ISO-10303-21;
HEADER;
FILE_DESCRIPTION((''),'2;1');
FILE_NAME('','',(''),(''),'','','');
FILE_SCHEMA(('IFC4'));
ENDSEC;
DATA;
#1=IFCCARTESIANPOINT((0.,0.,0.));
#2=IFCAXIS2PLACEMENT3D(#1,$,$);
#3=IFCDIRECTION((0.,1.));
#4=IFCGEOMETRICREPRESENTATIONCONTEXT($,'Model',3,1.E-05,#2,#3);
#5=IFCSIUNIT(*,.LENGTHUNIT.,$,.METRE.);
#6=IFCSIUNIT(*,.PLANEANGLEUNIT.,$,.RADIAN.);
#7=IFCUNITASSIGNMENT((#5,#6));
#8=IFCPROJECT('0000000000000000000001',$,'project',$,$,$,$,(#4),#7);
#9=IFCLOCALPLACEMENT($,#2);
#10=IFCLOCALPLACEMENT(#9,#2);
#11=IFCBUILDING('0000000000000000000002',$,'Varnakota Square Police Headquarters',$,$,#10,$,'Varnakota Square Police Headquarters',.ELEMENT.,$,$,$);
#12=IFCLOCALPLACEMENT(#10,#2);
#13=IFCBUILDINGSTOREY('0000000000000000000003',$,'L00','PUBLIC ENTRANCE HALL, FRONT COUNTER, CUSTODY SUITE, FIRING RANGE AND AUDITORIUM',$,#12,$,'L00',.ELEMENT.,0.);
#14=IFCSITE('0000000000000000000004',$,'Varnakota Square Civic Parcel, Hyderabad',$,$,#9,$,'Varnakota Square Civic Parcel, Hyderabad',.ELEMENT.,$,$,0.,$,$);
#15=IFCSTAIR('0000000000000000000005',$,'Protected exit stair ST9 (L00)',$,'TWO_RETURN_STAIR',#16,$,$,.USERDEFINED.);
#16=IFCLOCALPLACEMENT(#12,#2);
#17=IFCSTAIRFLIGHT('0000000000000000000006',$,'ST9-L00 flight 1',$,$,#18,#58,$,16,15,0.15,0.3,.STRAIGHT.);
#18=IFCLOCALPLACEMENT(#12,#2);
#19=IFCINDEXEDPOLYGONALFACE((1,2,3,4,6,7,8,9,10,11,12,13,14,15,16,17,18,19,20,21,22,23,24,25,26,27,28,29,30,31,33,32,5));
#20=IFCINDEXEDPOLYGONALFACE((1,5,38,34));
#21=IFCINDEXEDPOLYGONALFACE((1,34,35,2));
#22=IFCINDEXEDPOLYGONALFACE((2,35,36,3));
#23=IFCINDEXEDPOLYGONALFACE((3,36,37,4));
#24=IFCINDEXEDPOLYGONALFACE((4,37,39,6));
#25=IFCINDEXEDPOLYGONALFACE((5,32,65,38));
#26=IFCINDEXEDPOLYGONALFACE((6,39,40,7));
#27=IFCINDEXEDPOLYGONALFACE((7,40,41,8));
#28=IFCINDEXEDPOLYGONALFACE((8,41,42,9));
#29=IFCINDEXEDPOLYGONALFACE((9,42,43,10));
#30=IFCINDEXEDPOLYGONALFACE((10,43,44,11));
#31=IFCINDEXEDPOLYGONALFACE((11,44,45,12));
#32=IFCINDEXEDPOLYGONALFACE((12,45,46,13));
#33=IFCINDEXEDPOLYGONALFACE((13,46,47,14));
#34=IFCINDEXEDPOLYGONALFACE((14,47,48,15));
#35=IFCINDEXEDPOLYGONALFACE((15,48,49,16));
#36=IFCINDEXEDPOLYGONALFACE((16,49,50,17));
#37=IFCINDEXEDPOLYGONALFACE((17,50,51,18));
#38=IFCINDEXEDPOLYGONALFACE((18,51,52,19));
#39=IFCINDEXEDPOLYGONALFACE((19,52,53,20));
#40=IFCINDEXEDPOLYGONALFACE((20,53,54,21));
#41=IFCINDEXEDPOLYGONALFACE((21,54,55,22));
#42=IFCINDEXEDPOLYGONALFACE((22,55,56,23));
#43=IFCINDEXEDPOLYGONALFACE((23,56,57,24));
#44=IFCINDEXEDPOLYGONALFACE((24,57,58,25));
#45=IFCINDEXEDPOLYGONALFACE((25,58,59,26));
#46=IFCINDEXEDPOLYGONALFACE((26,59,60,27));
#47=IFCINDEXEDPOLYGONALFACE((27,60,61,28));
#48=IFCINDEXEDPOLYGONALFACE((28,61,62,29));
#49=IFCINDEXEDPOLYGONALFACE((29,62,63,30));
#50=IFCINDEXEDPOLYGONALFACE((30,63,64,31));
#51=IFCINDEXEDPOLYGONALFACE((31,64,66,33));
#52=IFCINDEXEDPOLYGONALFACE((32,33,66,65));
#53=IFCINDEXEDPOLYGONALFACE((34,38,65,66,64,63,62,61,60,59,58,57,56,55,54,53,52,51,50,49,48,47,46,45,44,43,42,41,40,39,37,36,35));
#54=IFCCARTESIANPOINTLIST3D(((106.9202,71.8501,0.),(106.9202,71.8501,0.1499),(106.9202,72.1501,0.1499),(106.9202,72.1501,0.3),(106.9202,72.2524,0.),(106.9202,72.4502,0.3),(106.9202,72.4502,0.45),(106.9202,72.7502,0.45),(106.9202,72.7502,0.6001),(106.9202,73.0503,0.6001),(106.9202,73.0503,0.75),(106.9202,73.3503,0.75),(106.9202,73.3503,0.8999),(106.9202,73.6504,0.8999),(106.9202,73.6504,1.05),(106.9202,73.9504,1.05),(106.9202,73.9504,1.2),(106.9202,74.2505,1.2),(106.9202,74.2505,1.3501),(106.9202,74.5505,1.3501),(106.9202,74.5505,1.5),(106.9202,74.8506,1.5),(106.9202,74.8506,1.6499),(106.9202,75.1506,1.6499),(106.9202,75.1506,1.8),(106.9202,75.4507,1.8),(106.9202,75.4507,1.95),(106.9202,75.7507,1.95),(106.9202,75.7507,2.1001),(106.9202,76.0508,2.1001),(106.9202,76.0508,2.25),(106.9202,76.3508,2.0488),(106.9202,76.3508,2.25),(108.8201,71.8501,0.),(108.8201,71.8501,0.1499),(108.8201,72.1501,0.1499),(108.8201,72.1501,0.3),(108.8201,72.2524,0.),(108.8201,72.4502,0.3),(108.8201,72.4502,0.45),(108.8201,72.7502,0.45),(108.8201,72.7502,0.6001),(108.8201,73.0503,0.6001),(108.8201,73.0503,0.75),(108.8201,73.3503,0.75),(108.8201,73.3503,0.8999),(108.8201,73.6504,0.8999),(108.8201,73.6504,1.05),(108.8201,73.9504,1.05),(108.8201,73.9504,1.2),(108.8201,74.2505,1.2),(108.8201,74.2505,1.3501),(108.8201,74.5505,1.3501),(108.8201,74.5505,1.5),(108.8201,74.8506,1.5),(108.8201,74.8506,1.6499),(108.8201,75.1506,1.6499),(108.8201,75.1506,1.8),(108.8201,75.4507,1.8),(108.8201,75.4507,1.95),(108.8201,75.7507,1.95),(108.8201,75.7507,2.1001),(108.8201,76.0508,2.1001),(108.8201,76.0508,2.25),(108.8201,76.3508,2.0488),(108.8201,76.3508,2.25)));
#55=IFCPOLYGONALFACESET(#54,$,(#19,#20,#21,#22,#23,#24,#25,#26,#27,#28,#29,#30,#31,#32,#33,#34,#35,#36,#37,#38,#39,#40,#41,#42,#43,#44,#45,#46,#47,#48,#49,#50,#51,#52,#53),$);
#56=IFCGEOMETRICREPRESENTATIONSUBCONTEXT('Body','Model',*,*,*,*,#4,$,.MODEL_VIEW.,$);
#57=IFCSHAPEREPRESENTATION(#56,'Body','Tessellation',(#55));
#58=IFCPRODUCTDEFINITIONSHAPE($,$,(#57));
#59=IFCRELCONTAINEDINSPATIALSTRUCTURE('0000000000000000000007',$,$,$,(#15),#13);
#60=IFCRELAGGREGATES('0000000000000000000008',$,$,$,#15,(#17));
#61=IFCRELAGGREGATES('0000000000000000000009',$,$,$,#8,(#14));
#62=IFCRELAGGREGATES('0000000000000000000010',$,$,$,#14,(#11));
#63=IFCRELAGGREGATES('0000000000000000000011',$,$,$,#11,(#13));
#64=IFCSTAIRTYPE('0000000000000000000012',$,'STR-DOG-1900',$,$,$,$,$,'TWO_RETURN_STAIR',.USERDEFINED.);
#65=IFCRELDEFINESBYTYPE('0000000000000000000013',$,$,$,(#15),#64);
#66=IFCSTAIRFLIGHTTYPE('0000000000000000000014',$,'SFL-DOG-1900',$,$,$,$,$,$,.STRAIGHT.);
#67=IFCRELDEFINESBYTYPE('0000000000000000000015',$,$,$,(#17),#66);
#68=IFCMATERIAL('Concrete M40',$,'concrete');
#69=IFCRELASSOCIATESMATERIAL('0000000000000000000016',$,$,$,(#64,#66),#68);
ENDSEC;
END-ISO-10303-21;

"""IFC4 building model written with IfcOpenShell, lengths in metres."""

from ifc_helpers import new_model, si_unit, direction, frame, origin, place, context, subcontext, project, spatial, polyline, outline, extrude, material, type_object, element, aggregate, save


model = new_model("IFC4")

# Units and contexts
model_context = context("Model", 3, precision=1e-05, world=origin(), true_north=direction((0.0, 1.0)))
body_context = subcontext(model_context, "Body", "Model", "MODEL_VIEW")
ifc_project = project(units=[si_unit("LENGTHUNIT", "METRE"), si_unit("PLANEANGLEUNIT", "RADIAN")], contexts=[model_context])

# Site, building, storey
site_placement = place(None, origin())
site = spatial("IfcSite", under=ifc_project, at=site_placement, Name="Varnakota Square Civic Parcel, Hyderabad", LongName="Varnakota Square Civic Parcel, Hyderabad", CompositionType="ELEMENT", RefElevation=0.0)
building_placement = place(site_placement, origin())
building = spatial("IfcBuilding", under=site, at=building_placement, Name="Varnakota Square Police Headquarters", LongName="Varnakota Square Police Headquarters", CompositionType="ELEMENT")
storey_placement = place(building_placement, origin())
storey = spatial("IfcBuildingStorey", under=building, at=storey_placement, Name="L00", Description="PUBLIC ENTRANCE HALL, FRONT COUNTER, CUSTODY SUITE, FIRING RANGE AND AUDITORIUM", LongName="L00", CompositionType="ELEMENT", Elevation=0.0)

# Stair, stair flight
ifc_material_1 = material(Name="Concrete M40", Category="concrete")
stair_type = type_object("IfcStairType", Name="STR-DOG-1900", ElementType="TWO_RETURN_STAIR", PredefinedType="USERDEFINED", material=ifc_material_1)
stair_placement = place(storey_placement, origin())
stair = element("IfcStair", 1, at=stair_placement, inside=storey, type_object=stair_type, Name="Protected exit stair ST9 (L00)", ObjectType="TWO_RETURN_STAIR", PredefinedType="USERDEFINED")
stair_flight_type = type_object("IfcStairFlightType", Name="SFL-DOG-1900", PredefinedType="STRAIGHT", material=ifc_material_1)
stair_flight_placement = place(storey_placement, frame((107.8701, 71.8501, 0.0), z_axis=(0.0, 0.0, 1.0), x_axis=(0.0, 1.0, 0.0)))
stair_flight = element("IfcStairFlight", 2, at=stair_flight_placement, type_object=stair_flight_type, Name="ST9-L00 flight 1", NumberOfRisers=16, NumberOfTreads=15, PredefinedType="STRAIGHT", RiserHeight=0.15, TreadLength=0.3, context=body_context, shape_type="SweptSolid", body=[
    extrude(outline(polyline([(0.0, 0.0), (0.0, 0.1499), (0.3, 0.1499), (0.3, 0.3), (0.6001, 0.3), (0.6001, 0.45), (0.9001, 0.45), (0.9001, 0.6001), (1.2002, 0.6001), (1.2002, 0.75), (1.5002, 0.75), (1.5002, 0.8999), (1.8003, 0.8999), (1.8003, 1.05), (2.1003, 1.05), (2.1003, 1.2), (2.4004, 1.2), (2.4004, 1.3501), (2.7004, 1.3501), (2.7004, 1.5), (3.0005, 1.5), (3.0005, 1.6499), (3.3005, 1.6499), (3.3005, 1.8), (3.6006, 1.8), (3.6006, 1.95), (3.9006, 1.95), (3.9006, 2.1001), (4.2007, 2.1001), (4.2007, 2.25), (4.5007, 2.25), (4.5007, 2.3999), (4.5007, 2.0488), (0.4023, 0.0), (0.0, 0.0)])), frame((0.0, 0.95, 0.0), z_axis=(0.0, -1.0, 0.0), x_axis=(1.0, 0.0, 0.0)), (0.0, 0.0, 1.0), 1.8999),
])
aggregate(stair, [stair_flight])

save(model, "model.ifc")
